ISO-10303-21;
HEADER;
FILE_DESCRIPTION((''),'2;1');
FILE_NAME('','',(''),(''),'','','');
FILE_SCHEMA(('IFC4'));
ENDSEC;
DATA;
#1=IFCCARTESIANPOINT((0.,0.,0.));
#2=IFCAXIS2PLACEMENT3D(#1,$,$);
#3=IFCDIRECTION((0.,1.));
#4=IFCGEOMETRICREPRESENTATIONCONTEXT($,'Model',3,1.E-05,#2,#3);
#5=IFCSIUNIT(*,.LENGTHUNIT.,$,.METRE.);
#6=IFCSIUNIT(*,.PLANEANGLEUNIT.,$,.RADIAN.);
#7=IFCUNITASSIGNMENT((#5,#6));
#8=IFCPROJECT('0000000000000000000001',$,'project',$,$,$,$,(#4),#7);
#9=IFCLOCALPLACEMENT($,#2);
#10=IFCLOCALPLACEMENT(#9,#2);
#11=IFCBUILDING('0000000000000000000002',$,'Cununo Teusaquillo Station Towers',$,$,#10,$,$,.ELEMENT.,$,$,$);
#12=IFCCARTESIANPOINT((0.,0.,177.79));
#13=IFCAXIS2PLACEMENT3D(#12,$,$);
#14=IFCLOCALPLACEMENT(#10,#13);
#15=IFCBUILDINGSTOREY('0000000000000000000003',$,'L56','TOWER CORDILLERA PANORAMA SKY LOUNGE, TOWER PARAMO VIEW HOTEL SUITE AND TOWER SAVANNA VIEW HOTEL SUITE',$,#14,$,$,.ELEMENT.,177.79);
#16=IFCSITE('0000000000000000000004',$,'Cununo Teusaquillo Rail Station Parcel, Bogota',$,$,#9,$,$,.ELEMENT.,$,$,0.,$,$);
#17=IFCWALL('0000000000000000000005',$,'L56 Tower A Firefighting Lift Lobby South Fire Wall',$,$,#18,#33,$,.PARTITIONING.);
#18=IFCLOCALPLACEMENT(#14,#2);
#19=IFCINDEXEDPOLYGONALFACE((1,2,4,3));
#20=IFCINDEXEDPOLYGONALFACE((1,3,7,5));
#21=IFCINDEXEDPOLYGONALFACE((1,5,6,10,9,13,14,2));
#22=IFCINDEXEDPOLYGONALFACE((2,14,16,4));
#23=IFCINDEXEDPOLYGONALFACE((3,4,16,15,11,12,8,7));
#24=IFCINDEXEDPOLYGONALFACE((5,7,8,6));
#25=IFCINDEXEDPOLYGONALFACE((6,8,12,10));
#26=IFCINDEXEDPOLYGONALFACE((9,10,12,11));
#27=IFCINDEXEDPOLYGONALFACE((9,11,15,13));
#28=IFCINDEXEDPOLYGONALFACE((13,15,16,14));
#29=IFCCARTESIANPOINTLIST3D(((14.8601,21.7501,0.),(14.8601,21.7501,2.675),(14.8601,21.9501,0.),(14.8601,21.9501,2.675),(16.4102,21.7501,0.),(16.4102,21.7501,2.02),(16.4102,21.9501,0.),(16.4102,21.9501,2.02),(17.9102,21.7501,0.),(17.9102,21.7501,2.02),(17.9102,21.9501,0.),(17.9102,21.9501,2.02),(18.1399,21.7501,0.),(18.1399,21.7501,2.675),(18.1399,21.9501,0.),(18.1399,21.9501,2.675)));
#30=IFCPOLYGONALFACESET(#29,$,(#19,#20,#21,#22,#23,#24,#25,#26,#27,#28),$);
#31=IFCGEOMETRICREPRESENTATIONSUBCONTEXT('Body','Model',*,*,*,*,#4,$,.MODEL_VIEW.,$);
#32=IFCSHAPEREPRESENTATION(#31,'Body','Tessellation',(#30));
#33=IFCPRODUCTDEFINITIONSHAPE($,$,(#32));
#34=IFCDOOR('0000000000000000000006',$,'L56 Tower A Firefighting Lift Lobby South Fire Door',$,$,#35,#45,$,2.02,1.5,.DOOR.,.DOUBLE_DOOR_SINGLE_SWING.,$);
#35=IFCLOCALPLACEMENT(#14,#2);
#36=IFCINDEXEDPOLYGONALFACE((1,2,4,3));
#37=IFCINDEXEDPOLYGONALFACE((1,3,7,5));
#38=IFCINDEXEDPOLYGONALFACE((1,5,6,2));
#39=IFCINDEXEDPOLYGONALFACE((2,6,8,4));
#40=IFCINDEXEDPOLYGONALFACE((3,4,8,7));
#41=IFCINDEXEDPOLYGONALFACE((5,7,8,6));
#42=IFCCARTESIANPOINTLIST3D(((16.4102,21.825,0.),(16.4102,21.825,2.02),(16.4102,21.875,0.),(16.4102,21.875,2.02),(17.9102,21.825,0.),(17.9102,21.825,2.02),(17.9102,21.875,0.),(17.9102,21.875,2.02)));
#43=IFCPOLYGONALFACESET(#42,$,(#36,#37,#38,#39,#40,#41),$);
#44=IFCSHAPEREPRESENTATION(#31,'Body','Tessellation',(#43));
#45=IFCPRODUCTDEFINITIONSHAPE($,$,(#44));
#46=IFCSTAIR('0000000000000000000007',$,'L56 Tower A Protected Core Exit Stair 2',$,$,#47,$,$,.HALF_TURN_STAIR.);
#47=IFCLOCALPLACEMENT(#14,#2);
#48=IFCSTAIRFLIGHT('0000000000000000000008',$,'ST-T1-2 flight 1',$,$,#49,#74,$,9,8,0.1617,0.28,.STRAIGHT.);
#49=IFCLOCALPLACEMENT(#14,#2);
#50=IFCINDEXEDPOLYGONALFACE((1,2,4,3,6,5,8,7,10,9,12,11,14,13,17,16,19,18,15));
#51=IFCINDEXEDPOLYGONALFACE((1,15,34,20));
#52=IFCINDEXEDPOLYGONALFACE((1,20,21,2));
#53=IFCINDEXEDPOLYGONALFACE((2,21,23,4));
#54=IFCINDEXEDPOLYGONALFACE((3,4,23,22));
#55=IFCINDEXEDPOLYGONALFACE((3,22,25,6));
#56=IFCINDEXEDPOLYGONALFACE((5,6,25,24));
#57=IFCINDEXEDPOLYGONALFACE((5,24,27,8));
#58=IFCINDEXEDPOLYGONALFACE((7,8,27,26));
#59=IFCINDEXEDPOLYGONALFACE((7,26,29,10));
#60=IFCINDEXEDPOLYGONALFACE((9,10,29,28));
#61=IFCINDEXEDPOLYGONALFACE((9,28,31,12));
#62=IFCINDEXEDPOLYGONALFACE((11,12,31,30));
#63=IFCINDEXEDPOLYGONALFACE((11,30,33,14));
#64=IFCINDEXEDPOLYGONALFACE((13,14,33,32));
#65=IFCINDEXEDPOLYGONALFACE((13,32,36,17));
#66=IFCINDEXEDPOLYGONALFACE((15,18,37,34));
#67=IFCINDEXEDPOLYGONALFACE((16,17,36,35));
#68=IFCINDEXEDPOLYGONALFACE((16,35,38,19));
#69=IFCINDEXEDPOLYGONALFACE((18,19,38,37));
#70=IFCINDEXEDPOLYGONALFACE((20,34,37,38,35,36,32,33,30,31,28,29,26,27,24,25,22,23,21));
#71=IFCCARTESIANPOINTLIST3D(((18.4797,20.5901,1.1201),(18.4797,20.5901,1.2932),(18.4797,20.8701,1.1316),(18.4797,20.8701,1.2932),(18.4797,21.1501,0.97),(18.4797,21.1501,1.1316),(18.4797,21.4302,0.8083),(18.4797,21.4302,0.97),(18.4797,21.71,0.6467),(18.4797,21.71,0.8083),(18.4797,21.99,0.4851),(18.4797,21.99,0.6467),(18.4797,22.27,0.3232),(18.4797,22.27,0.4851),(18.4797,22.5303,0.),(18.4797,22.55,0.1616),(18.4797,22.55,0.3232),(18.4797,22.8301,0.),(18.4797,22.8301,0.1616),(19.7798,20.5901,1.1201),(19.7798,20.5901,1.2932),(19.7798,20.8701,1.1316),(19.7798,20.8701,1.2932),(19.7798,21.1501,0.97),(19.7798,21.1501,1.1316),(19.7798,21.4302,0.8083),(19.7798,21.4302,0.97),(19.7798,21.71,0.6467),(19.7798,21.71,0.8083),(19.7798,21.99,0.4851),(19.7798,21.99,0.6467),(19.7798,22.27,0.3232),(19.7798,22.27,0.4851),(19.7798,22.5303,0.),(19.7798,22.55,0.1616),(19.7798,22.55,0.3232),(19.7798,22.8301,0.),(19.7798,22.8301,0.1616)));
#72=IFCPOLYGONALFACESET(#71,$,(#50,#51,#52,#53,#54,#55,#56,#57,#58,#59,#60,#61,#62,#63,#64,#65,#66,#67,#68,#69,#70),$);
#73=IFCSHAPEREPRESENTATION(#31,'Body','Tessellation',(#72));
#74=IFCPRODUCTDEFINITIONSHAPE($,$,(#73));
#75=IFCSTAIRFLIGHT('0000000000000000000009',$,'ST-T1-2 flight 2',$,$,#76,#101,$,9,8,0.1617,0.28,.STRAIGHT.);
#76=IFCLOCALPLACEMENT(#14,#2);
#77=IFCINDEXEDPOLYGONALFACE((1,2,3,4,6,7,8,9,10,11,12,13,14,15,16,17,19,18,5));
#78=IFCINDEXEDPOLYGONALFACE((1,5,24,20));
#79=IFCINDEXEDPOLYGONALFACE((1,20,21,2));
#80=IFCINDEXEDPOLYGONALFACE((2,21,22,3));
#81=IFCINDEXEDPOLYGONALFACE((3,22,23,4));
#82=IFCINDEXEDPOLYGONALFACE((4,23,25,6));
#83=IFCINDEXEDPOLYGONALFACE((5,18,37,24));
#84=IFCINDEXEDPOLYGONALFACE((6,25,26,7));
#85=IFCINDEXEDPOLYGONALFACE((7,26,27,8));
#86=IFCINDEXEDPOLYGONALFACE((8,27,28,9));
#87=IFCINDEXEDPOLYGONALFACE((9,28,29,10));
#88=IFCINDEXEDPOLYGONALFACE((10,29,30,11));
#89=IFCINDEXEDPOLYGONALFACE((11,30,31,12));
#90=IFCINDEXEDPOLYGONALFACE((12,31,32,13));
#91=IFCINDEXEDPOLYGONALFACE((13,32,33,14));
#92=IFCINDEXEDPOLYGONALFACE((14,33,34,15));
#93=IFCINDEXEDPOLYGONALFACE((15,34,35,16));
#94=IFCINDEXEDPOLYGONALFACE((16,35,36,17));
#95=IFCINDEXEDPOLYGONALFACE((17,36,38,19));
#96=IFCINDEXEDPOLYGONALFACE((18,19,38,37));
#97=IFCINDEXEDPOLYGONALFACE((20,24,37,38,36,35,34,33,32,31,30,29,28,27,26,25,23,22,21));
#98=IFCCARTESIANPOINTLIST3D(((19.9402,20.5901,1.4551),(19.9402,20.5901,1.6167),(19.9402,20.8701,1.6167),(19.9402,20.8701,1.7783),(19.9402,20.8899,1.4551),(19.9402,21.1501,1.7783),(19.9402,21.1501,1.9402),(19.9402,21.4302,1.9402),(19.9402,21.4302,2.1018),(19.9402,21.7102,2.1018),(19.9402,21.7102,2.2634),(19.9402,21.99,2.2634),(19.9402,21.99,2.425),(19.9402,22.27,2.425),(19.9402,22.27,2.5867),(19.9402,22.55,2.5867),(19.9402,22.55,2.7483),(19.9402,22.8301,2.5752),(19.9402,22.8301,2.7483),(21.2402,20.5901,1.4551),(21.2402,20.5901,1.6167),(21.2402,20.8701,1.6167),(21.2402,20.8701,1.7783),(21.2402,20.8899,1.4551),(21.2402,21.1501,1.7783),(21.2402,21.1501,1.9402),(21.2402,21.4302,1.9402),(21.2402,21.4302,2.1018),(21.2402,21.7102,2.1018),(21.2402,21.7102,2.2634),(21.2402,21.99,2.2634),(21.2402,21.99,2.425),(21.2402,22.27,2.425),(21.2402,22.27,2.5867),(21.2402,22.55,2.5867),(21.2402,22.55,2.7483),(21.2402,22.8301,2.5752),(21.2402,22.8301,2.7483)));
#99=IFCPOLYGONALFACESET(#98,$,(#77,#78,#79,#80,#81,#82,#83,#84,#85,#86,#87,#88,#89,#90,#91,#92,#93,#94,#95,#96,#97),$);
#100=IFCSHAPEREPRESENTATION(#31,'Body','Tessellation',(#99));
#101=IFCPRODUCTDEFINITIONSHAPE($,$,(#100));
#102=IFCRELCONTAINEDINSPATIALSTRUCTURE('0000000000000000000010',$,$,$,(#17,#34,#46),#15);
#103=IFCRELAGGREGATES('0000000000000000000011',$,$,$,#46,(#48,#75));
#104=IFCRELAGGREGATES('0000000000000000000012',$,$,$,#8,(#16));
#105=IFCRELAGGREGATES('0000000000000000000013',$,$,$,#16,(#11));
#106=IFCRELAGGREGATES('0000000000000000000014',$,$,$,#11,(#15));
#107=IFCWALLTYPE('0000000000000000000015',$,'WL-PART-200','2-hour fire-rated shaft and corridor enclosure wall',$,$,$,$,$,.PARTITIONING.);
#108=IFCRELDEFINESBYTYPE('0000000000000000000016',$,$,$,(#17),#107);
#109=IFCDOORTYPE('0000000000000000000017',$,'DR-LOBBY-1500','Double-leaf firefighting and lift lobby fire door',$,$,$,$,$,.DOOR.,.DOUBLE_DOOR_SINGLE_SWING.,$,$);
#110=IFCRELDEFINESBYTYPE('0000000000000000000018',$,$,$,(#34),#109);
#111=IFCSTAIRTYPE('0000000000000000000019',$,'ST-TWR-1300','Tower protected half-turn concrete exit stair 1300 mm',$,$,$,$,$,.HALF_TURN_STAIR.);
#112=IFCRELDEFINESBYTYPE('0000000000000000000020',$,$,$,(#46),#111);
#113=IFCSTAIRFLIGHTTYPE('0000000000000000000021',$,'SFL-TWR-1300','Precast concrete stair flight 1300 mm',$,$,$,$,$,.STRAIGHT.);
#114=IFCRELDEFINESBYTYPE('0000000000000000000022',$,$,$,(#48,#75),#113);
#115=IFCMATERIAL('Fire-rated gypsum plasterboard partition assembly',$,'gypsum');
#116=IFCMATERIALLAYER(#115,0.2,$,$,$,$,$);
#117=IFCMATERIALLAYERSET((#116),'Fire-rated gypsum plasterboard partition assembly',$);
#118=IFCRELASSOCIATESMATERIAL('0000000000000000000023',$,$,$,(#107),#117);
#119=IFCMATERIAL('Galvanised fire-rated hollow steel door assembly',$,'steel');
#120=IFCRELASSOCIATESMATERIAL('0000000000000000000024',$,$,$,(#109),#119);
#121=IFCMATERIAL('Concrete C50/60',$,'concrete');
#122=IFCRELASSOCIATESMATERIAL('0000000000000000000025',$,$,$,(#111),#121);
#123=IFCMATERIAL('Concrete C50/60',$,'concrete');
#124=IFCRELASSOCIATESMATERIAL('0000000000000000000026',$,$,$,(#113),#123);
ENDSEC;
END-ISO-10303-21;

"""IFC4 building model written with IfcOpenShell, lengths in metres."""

from ifc_helpers import new_model, si_unit, direction, frame, frame_2d, origin, place, context, subcontext, project, spatial, polyline, rectangle, outline, extrude, source, transform, mapped, material, layer, layer_set, type_object, element, fill, aggregate, save


model = new_model("IFC4")

# Units and contexts
model_context = context("Model", 3, precision=1e-05, world=origin(), true_north=direction((0.0, 1.0)))
body_context = subcontext(model_context, "Body", "Model", "MODEL_VIEW")
ifc_project = project(units=[si_unit("LENGTHUNIT", "METRE"), si_unit("PLANEANGLEUNIT", "RADIAN")], contexts=[model_context])

# Site, building, storey
site_placement = place(None, origin())
site = spatial("IfcSite", under=ifc_project, at=site_placement, Name="Cununo Teusaquillo Rail Station Parcel, Bogota", CompositionType="ELEMENT", RefElevation=0.0)
building_placement = place(site_placement, origin())
building = spatial("IfcBuilding", under=site, at=building_placement, Name="Cununo Teusaquillo Station Towers", CompositionType="ELEMENT")
storey_placement = place(building_placement, frame((0.0, 0.0, 177.79)))
storey = spatial("IfcBuildingStorey", under=building, at=storey_placement, Name="L56", Description="TOWER CORDILLERA PANORAMA SKY LOUNGE, TOWER PARAMO VIEW HOTEL SUITE AND TOWER SAVANNA VIEW HOTEL SUITE", CompositionType="ELEMENT", Elevation=177.79)

# Wall, opening, door
ifc_material_1 = material(Name="Fire-rated gypsum plasterboard partition assembly", Category="gypsum")
ifc_layer_1 = layer(ifc_material_1, 0.2)
ifc_layer_set_1 = layer_set([ifc_layer_1], Name="Fire-rated gypsum plasterboard partition assembly")
wall_type_1 = type_object("IfcWallType", Name="WL-PART-200", Description="2-hour fire-rated shaft and corridor enclosure wall", PredefinedType="PARTITIONING", material=ifc_layer_set_1)
wall_1_placement = place(storey_placement, frame((14.8601, 21.8501, 0.0), z_axis=(0.0, 0.0, 1.0), x_axis=(1.0, 0.0, 0.0)))
wall_1 = element("IfcWall", 1, at=wall_1_placement, inside=storey, type_object=wall_type_1, Name="L56 Tower A Firefighting Lift Lobby South Fire Wall", PredefinedType="PARTITIONING", context=body_context, shape_type="SweptSolid", body=[
    extrude(rectangle(XDim=3.2798, YDim=0.2, at=frame_2d((1.6399, 0.0))), origin(), (0.0, 0.0, 1.0), 2.675),
])
shared_shape_1 = source(origin(), body_context, "Body", "SweptSolid", [
    extrude(rectangle(XDim=1.5, YDim=2.02, at=frame_2d((0.75, 1.01))), frame((0.0, 0.1099, 0.0), z_axis=(0.0, -1.0, 0.0), x_axis=(1.0, 0.0, 0.0)), (0.0, 0.0, 1.0), 0.22),
])
opening_1_placement = place(wall_1_placement, frame((1.55, 0.0, 0.0)))
opening_1 = element("IfcOpeningElement", 2, at=opening_1_placement, cuts=wall_1, PredefinedType="OPENING", context=body_context, shape_type="MappedRepresentation", body=[
    mapped(shared_shape_1, transform((0.0, 0.0, 0.0), x_axis=(1.0, 0.0, 0.0), y_axis=(0.0, 1.0, 0.0), z_axis=(0.0, 0.0, 1.0), scale=1.0)),
])
ifc_material_2 = material(Name="Galvanised fire-rated hollow steel door assembly", Category="steel")
door_type_1 = type_object("IfcDoorType", Name="DR-LOBBY-1500", Description="Double-leaf firefighting and lift lobby fire door", OperationType="DOUBLE_DOOR_SINGLE_SWING", PredefinedType="DOOR", material=ifc_material_2)
shared_shape_2 = source(origin(), body_context, "Body", "SweptSolid", [
    extrude(rectangle(XDim=1.5, YDim=2.02, at=frame_2d((0.75, 1.01))), frame((0.0, 0.0249, 0.0), z_axis=(0.0, -1.0, 0.0), x_axis=(1.0, 0.0, 0.0)), (0.0, 0.0, 1.0), 0.05),
])
door_1_placement = place(opening_1_placement, origin())
door_1 = element("IfcDoor", 3, at=door_1_placement, inside=storey, type_object=door_type_1, Name="L56 Tower A Firefighting Lift Lobby South Fire Door", OperationType="DOUBLE_DOOR_SINGLE_SWING", OverallHeight=2.02, OverallWidth=1.5, PredefinedType="DOOR", context=body_context, shape_type="MappedRepresentation", body=[
    mapped(shared_shape_2, transform((0.0, 0.0, 0.0), x_axis=(1.0, 0.0, 0.0), y_axis=(0.0, 1.0, 0.0), z_axis=(0.0, 0.0, 1.0), scale=1.0)),
])
fill(opening_1, door_1)

# Stair, stair flights
ifc_material_3 = material(Name="Concrete C50/60", Category="concrete")
stair_type = type_object("IfcStairType", Name="ST-TWR-1300", Description="Tower protected half-turn concrete exit stair 1300 mm", PredefinedType="HALF_TURN_STAIR", material=ifc_material_3)
stair_placement = place(storey_placement, origin())
stair = element("IfcStair", 4, at=stair_placement, inside=storey, type_object=stair_type, Name="L56 Tower A Protected Core Exit Stair 2", PredefinedType="HALF_TURN_STAIR")
ifc_material_4 = material(Name="Concrete C50/60", Category="concrete")
stair_flight_type = type_object("IfcStairFlightType", Name="SFL-TWR-1300", Description="Precast concrete stair flight 1300 mm", PredefinedType="STRAIGHT", material=ifc_material_4)
stair_flight_1_placement = place(storey_placement, frame((19.1299, 22.8301, 0.0), z_axis=(0.0, 0.0, 1.0), x_axis=(0.0, -1.0, 0.0)))
stair_flight_1 = element("IfcStairFlight", 5, at=stair_flight_1_placement, type_object=stair_flight_type, Name="ST-T1-2 flight 1", NumberOfRisers=9, NumberOfTreads=8, PredefinedType="STRAIGHT", RiserHeight=0.1617, TreadLength=0.28, context=body_context, shape_type="SweptSolid", body=[
    extrude(outline(polyline([(0.0, 0.0), (0.0, 0.1616), (0.28, 0.1616), (0.28, 0.3232), (0.5601, 0.3232), (0.5601, 0.4851), (0.8401, 0.4851), (0.8401, 0.6467), (1.1201, 0.6467), (1.1201, 0.8083), (1.3999, 0.8083), (1.3999, 0.97), (1.6799, 0.97), (1.6799, 1.1316), (1.96, 1.1316), (1.96, 1.2932), (2.24, 1.2932), (2.24, 1.4551), (2.24, 1.1201), (0.2998, 0.0), (0.0, 0.0)])), frame((0.0, 0.6499, 0.0), z_axis=(0.0, -1.0, 0.0), x_axis=(1.0, 0.0, 0.0)), (0.0, 0.0, 1.0), 1.3),
])
stair_flight_2_placement = place(storey_placement, frame((20.5901, 20.5901, 1.4551), z_axis=(0.0, 0.0, 1.0), x_axis=(0.0, 1.0, 0.0)))
stair_flight_2 = element("IfcStairFlight", 6, at=stair_flight_2_placement, type_object=stair_flight_type, Name="ST-T1-2 flight 2", NumberOfRisers=9, NumberOfTreads=8, PredefinedType="STRAIGHT", RiserHeight=0.1617, TreadLength=0.28, context=body_context, shape_type="SweptSolid", body=[
    extrude(outline(polyline([(0.0, 0.0), (0.0, 0.1616), (0.28, 0.1616), (0.28, 0.3232), (0.5601, 0.3232), (0.5601, 0.4851), (0.8401, 0.4851), (0.8401, 0.6467), (1.1201, 0.6467), (1.1201, 0.8083), (1.3999, 0.8083), (1.3999, 0.97), (1.6799, 0.97), (1.6799, 1.1316), (1.96, 1.1316), (1.96, 1.2932), (2.24, 1.2932), (2.24, 1.4551), (2.24, 1.1201), (0.2998, 0.0), (0.0, 0.0)])), frame((0.0, 0.6499, 0.0), z_axis=(0.0, -1.0, 0.0), x_axis=(1.0, 0.0, 0.0)), (0.0, 0.0, 1.0), 1.3),
])
aggregate(stair, [stair_flight_1, stair_flight_2])

save(model, "model.ifc")
